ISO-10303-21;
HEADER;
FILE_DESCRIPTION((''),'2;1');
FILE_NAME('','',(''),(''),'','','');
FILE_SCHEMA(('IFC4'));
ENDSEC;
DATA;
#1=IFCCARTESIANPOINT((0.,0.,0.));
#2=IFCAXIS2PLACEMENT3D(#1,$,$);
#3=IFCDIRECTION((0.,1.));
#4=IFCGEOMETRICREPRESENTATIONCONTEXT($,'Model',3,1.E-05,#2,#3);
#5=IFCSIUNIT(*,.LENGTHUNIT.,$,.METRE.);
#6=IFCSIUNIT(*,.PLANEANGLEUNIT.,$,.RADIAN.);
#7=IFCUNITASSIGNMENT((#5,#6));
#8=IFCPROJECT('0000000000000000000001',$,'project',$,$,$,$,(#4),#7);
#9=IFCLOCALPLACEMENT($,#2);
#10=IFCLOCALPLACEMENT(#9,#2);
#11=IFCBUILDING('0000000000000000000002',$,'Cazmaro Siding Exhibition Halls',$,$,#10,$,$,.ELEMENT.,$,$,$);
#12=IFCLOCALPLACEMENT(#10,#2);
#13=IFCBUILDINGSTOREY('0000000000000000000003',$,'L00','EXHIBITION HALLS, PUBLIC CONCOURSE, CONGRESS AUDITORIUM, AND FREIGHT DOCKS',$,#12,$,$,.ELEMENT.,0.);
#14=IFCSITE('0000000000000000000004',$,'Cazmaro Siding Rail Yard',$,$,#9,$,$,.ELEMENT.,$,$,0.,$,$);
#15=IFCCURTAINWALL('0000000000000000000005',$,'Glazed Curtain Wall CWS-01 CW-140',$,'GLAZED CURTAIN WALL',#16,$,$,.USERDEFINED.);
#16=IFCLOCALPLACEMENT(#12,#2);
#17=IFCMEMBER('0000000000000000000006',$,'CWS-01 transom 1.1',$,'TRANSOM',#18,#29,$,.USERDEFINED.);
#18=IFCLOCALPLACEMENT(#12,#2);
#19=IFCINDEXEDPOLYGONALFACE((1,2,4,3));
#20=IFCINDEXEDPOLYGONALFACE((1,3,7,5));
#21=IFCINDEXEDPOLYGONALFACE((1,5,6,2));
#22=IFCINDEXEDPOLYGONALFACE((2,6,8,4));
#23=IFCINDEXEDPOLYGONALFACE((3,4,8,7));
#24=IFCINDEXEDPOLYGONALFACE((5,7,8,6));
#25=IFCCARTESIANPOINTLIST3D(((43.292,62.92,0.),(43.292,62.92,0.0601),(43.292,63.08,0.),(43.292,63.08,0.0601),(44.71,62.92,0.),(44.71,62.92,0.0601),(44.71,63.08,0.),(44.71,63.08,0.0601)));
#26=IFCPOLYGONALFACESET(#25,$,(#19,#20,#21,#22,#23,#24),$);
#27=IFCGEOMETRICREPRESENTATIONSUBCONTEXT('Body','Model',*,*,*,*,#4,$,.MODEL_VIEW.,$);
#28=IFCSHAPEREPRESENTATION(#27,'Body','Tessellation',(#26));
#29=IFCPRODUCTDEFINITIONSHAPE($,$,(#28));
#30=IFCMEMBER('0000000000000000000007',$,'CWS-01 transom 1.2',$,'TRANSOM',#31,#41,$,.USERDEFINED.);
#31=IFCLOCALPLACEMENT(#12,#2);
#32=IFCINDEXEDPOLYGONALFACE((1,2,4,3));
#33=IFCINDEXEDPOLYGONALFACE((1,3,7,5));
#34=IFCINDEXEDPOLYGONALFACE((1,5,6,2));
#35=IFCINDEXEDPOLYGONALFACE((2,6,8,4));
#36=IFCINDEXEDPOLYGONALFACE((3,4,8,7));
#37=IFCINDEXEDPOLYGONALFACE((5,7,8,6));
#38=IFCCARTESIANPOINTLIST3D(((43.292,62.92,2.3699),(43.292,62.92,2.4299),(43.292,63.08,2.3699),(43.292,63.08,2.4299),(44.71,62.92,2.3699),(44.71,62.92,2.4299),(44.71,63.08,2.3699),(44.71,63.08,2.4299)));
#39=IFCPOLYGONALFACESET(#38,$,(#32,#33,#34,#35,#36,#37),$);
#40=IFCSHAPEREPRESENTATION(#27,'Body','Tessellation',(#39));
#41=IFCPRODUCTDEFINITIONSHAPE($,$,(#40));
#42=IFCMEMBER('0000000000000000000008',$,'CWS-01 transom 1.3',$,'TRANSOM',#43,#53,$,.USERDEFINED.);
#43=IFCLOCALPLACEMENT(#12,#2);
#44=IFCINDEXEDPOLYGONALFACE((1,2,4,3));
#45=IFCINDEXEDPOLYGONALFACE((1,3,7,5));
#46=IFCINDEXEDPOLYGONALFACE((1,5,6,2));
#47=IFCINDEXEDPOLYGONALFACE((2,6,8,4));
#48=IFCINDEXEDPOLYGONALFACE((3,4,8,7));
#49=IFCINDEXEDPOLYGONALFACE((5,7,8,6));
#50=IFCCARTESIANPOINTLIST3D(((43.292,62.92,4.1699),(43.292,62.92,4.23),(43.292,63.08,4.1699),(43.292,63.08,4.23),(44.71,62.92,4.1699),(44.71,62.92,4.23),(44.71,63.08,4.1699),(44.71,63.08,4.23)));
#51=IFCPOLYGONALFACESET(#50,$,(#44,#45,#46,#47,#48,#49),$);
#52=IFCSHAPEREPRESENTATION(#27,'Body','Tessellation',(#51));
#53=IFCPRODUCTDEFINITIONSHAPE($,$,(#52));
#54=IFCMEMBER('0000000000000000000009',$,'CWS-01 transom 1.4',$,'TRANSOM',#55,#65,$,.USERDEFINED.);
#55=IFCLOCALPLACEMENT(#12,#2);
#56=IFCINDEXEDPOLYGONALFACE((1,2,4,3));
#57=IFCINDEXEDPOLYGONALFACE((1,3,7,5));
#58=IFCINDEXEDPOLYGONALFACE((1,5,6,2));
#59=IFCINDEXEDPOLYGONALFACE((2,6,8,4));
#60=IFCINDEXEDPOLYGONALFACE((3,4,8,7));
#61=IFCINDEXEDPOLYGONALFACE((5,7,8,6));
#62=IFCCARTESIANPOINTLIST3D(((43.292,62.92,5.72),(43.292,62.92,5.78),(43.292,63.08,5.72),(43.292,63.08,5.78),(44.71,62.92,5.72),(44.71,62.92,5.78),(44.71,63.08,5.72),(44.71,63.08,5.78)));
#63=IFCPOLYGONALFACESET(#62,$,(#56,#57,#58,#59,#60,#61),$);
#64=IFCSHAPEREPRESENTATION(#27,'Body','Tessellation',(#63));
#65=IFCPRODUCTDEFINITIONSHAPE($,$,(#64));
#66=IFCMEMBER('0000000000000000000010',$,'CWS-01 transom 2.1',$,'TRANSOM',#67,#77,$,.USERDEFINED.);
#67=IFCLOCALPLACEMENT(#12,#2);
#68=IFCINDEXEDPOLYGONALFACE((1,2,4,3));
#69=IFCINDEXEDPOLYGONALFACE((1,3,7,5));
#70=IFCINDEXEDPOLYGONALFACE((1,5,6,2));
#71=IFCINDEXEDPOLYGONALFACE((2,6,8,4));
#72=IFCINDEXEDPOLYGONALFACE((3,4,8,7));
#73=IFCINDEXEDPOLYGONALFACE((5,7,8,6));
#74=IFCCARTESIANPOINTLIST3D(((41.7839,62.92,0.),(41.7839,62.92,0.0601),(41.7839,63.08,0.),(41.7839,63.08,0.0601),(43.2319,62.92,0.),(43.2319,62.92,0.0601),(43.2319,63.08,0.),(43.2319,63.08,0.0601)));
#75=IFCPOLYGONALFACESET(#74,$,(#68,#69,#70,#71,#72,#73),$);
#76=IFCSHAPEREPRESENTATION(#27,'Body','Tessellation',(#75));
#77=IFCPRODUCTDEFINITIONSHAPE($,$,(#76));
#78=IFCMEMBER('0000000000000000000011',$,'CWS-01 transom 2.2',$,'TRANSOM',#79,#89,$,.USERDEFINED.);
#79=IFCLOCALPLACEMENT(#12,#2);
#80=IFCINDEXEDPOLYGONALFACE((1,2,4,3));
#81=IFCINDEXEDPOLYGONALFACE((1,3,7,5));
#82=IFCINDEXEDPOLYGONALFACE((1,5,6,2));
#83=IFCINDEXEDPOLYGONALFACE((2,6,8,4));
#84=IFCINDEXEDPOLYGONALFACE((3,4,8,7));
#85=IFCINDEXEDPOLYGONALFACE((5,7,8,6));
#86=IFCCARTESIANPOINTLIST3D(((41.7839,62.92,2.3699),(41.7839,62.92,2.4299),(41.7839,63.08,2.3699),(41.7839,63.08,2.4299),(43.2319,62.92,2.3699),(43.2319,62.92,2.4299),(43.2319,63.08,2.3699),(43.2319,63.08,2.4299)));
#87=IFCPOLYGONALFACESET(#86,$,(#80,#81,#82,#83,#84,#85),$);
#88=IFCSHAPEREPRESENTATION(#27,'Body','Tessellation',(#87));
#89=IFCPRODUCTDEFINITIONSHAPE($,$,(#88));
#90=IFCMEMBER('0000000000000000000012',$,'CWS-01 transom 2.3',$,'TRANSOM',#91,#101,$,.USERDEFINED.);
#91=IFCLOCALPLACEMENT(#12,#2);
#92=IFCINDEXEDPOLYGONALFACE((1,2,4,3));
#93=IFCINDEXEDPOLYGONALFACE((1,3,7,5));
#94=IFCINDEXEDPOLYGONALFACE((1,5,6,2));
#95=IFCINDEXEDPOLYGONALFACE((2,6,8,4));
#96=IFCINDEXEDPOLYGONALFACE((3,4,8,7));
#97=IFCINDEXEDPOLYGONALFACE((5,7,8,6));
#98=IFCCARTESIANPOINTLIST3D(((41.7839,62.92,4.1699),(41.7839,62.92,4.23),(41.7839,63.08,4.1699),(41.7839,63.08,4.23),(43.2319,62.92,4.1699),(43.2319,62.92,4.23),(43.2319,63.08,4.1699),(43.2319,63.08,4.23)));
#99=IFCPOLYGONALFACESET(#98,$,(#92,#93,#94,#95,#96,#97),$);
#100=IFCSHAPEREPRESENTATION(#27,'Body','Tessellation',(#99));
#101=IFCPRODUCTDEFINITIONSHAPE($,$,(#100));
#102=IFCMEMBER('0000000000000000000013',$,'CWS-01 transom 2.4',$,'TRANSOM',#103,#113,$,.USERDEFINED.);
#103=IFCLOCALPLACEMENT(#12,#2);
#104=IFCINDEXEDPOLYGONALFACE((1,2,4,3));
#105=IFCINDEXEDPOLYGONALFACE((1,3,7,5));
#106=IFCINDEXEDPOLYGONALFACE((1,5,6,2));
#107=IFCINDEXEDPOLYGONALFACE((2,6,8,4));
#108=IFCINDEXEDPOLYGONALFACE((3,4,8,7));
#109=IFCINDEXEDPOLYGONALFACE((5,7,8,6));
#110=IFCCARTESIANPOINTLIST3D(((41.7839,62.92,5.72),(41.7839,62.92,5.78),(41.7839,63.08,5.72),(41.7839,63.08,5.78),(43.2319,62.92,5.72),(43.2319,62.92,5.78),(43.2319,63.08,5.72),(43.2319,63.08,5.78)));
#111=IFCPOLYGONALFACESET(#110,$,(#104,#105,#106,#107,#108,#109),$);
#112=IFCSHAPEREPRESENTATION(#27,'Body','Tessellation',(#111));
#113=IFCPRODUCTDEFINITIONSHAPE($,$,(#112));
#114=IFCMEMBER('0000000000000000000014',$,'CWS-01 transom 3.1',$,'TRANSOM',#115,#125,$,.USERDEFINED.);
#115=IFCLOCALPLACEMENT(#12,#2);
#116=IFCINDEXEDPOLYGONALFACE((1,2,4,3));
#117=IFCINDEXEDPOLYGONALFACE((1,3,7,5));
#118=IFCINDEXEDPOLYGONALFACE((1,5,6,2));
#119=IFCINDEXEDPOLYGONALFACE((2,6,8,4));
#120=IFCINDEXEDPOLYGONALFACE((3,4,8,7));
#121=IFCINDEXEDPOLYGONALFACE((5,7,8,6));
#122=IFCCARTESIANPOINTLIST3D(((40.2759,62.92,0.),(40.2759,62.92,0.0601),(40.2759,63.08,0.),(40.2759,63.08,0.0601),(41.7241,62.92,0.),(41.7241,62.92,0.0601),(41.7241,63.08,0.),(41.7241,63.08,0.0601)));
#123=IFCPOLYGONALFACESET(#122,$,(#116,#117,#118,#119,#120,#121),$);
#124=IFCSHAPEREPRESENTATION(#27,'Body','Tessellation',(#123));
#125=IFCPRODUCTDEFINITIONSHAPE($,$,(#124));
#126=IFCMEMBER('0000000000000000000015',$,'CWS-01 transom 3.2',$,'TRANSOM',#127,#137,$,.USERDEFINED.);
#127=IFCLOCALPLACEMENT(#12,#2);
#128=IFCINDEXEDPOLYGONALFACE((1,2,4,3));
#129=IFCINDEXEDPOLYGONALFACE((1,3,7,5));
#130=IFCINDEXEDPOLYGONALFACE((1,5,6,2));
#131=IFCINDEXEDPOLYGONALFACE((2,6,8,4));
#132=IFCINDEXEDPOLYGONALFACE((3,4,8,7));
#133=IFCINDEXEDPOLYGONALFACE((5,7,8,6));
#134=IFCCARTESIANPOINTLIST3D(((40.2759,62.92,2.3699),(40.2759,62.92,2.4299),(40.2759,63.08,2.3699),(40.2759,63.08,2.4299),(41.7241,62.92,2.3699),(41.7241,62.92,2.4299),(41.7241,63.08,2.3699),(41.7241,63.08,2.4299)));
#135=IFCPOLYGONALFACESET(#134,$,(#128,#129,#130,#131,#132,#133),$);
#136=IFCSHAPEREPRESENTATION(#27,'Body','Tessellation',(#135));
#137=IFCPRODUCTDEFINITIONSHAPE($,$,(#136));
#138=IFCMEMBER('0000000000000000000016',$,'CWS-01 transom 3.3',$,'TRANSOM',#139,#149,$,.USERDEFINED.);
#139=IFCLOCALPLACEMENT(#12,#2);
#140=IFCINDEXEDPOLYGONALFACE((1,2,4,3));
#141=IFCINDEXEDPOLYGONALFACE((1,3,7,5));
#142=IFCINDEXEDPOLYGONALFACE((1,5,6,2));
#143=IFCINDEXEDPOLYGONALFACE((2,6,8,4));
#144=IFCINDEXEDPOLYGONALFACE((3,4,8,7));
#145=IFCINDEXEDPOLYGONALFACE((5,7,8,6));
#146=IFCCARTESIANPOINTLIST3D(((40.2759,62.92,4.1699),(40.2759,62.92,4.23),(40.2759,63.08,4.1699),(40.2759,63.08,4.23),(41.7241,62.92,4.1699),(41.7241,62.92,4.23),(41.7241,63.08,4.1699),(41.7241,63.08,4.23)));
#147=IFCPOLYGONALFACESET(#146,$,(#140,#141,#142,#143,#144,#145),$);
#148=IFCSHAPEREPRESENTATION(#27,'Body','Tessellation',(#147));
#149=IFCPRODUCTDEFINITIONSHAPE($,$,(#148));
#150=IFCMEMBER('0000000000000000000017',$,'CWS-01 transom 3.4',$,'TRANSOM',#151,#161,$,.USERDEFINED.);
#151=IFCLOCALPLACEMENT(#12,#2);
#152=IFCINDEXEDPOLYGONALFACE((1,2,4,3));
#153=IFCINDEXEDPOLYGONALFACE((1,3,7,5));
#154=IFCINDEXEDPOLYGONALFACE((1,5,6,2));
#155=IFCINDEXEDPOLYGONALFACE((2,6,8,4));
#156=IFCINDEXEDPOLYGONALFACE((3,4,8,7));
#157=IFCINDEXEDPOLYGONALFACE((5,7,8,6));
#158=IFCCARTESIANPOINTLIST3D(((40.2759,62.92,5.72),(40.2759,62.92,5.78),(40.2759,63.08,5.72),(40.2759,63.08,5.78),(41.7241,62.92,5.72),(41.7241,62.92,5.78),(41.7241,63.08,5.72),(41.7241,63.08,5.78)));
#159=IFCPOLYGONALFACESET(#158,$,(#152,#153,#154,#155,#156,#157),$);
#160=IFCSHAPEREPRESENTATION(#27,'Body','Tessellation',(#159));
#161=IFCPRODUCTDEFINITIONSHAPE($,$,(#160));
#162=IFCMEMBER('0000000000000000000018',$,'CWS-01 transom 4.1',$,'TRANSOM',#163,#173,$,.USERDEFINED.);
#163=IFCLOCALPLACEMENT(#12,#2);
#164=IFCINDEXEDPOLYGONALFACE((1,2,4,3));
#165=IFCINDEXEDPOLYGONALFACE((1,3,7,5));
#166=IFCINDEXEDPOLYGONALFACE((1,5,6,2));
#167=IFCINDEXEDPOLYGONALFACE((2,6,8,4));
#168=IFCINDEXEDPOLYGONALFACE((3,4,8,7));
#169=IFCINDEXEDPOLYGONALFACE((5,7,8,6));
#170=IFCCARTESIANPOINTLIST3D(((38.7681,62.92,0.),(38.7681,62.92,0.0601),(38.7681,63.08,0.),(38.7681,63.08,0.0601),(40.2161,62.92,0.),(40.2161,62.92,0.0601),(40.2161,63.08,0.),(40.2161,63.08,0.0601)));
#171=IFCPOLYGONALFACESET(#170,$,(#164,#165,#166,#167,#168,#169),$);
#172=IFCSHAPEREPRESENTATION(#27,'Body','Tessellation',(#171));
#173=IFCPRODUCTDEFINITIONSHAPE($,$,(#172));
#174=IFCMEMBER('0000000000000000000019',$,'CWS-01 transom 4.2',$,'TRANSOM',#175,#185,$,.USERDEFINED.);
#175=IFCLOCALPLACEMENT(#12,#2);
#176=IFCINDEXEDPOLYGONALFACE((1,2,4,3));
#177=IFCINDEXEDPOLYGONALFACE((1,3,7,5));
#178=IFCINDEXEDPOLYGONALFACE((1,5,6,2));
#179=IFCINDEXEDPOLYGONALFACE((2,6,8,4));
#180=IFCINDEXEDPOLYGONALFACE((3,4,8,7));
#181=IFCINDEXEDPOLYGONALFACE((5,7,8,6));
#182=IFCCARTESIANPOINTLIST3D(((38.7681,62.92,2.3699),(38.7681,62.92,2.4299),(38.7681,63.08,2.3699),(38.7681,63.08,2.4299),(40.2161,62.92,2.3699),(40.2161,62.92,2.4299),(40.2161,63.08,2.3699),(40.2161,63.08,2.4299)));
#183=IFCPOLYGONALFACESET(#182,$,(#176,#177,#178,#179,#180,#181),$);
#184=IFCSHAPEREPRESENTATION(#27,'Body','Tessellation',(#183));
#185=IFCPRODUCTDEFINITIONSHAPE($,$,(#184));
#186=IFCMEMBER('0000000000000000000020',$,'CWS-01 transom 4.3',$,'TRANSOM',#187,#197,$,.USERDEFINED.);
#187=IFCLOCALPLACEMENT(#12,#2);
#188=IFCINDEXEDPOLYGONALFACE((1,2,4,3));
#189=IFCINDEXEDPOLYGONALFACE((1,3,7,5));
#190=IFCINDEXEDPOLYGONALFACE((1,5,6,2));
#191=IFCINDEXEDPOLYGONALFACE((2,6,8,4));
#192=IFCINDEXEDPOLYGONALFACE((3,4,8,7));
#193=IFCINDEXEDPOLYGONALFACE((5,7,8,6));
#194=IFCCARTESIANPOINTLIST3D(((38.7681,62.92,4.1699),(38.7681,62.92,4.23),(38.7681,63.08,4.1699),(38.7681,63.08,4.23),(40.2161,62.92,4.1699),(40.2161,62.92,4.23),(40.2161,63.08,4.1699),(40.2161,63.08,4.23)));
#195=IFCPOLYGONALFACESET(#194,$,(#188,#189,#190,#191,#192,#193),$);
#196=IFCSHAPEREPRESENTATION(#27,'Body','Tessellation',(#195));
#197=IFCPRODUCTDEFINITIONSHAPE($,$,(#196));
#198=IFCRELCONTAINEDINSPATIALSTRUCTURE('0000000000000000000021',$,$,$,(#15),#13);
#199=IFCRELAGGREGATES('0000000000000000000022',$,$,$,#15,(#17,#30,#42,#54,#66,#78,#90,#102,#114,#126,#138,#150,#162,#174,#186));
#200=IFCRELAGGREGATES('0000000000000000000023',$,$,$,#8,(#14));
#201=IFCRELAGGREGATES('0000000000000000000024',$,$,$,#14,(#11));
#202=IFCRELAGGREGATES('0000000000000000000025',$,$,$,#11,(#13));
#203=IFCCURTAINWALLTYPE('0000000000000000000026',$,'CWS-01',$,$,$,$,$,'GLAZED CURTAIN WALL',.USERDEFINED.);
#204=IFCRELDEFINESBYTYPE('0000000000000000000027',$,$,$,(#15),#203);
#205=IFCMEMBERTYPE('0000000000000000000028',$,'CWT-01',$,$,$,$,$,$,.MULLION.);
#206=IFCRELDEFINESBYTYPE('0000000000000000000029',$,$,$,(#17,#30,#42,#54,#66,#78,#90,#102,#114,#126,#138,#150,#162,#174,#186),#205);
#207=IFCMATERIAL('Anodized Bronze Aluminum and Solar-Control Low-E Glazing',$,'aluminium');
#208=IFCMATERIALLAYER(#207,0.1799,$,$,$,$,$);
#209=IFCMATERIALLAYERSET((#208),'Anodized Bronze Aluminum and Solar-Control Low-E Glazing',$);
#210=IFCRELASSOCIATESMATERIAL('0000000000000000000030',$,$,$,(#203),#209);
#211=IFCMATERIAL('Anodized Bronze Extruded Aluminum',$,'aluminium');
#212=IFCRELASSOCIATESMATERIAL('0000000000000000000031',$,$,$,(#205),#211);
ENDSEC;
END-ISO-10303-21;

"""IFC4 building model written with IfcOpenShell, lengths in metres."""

from ifc_helpers import new_model, si_unit, direction, frame, origin, origin_2d, place, context, subcontext, project, spatial, rectangle, extrude, material, layer, layer_set, material_profile, profile_set, type_object, element, aggregate, save


model = new_model("IFC4")

# Units and contexts
model_context = context("Model", 3, precision=1e-05, world=origin(), true_north=direction((0.0, 1.0)))
body_context = subcontext(model_context, "Body", "Model", "MODEL_VIEW")
ifc_project = project(units=[si_unit("LENGTHUNIT", "METRE"), si_unit("PLANEANGLEUNIT", "RADIAN")], contexts=[model_context])

# Site, building, storey
site_placement = place(None, origin())
site = spatial("IfcSite", under=ifc_project, at=site_placement, Name="Cazmaro Siding Rail Yard", CompositionType="ELEMENT", RefElevation=0.0)
building_placement = place(site_placement, origin())
building = spatial("IfcBuilding", under=site, at=building_placement, Name="Cazmaro Siding Exhibition Halls", CompositionType="ELEMENT")
storey_placement = place(building_placement, origin())
storey = spatial("IfcBuildingStorey", under=building, at=storey_placement, Name="L00", Description="EXHIBITION HALLS, PUBLIC CONCOURSE, CONGRESS AUDITORIUM, AND FREIGHT DOCKS", CompositionType="ELEMENT", Elevation=0.0)

# Curtain wall, members
ifc_material_1 = material(Name="Anodized Bronze Aluminum and Solar-Control Low-E Glazing", Category="aluminium")
ifc_layer_1 = layer(ifc_material_1, 0.1799)
ifc_layer_set_1 = layer_set([ifc_layer_1], Name="Anodized Bronze Aluminum and Solar-Control Low-E Glazing")
curtain_wall_type = type_object("IfcCurtainWallType", Name="CWS-01", ElementType="GLAZED CURTAIN WALL", PredefinedType="USERDEFINED", material=ifc_layer_set_1)
curtain_wall_placement = place(storey_placement, origin())
curtain_wall = element("IfcCurtainWall", 1, at=curtain_wall_placement, inside=storey, type_object=curtain_wall_type, Name="Glazed Curtain Wall CWS-01 CW-140", ObjectType="GLAZED CURTAIN WALL", PredefinedType="USERDEFINED")
ifc_material_2 = material(Name="Anodized Bronze Extruded Aluminum", Category="aluminium")
ifc_material_profile_1 = material_profile(ifc_material_2, rectangle(XDim=0.1599, YDim=0.0601, at=origin_2d()), Name="CWT-01")
ifc_profile_set_1 = profile_set([ifc_material_profile_1], Name="Anodized Bronze Extruded Aluminum")
member_type_1 = type_object("IfcMemberType", Name="CWT-01", PredefinedType="MULLION", material=ifc_profile_set_1)
member_1_placement = place(storey_placement, frame((44.71, 63.0, 0.03), z_axis=(-1.0, 0.0, 0.0), x_axis=(0.0, -1.0, 0.0)))
member_1 = element("IfcMember", 2, at=member_1_placement, type_object=member_type_1, Name="CWS-01 transom 1.1", ObjectType="TRANSOM", PredefinedType="USERDEFINED", context=body_context, shape_type="SweptSolid", body=[
    extrude(rectangle(XDim=0.1599, YDim=0.0601, at=origin_2d()), origin(), (0.0, 0.0, 1.0), 1.418),
])
member_2_placement = place(storey_placement, frame((44.71, 63.0, 2.3999), z_axis=(-1.0, 0.0, 0.0), x_axis=(0.0, -1.0, 0.0)))
member_2 = element("IfcMember", 3, at=member_2_placement, type_object=member_type_1, Name="CWS-01 transom 1.2", ObjectType="TRANSOM", PredefinedType="USERDEFINED", context=body_context, shape_type="SweptSolid", body=[
    extrude(rectangle(XDim=0.1599, YDim=0.0601, at=origin_2d()), origin(), (0.0, 0.0, 1.0), 1.418),
])
member_3_placement = place(storey_placement, frame((44.71, 63.0, 4.2), z_axis=(-1.0, 0.0, 0.0), x_axis=(0.0, -1.0, 0.0)))
member_3 = element("IfcMember", 4, at=member_3_placement, type_object=member_type_1, Name="CWS-01 transom 1.3", ObjectType="TRANSOM", PredefinedType="USERDEFINED", context=body_context, shape_type="SweptSolid", body=[
    extrude(rectangle(XDim=0.1599, YDim=0.0601, at=origin_2d()), origin(), (0.0, 0.0, 1.0), 1.418),
])
member_4_placement = place(storey_placement, frame((44.71, 63.0, 5.75), z_axis=(-1.0, 0.0, 0.0), x_axis=(0.0, -1.0, 0.0)))
member_4 = element("IfcMember", 5, at=member_4_placement, type_object=member_type_1, Name="CWS-01 transom 1.4", ObjectType="TRANSOM", PredefinedType="USERDEFINED", context=body_context, shape_type="SweptSolid", body=[
    extrude(rectangle(XDim=0.1599, YDim=0.0601, at=origin_2d()), origin(), (0.0, 0.0, 1.0), 1.418),
])
member_5_placement = place(storey_placement, frame((43.2319, 63.0, 0.03), z_axis=(-1.0, 0.0, 0.0), x_axis=(0.0, -1.0, 0.0)))
member_5 = element("IfcMember", 6, at=member_5_placement, type_object=member_type_1, Name="CWS-01 transom 2.1", ObjectType="TRANSOM", PredefinedType="USERDEFINED", context=body_context, shape_type="SweptSolid", body=[
    extrude(rectangle(XDim=0.1599, YDim=0.0601, at=origin_2d()), origin(), (0.0, 0.0, 1.0), 1.448),
])
member_6_placement = place(storey_placement, frame((43.2319, 63.0, 2.3999), z_axis=(-1.0, 0.0, 0.0), x_axis=(0.0, -1.0, 0.0)))
member_6 = element("IfcMember", 7, at=member_6_placement, type_object=member_type_1, Name="CWS-01 transom 2.2", ObjectType="TRANSOM", PredefinedType="USERDEFINED", context=body_context, shape_type="SweptSolid", body=[
    extrude(rectangle(XDim=0.1599, YDim=0.0601, at=origin_2d()), origin(), (0.0, 0.0, 1.0), 1.448),
])
member_7_placement = place(storey_placement, frame((43.2319, 63.0, 4.2), z_axis=(-1.0, 0.0, 0.0), x_axis=(0.0, -1.0, 0.0)))
member_7 = element("IfcMember", 8, at=member_7_placement, type_object=member_type_1, Name="CWS-01 transom 2.3", ObjectType="TRANSOM", PredefinedType="USERDEFINED", context=body_context, shape_type="SweptSolid", body=[
    extrude(rectangle(XDim=0.1599, YDim=0.0601, at=origin_2d()), origin(), (0.0, 0.0, 1.0), 1.448),
])
member_8_placement = place(storey_placement, frame((43.2319, 63.0, 5.75), z_axis=(-1.0, 0.0, 0.0), x_axis=(0.0, -1.0, 0.0)))
member_8 = element("IfcMember", 9, at=member_8_placement, type_object=member_type_1, Name="CWS-01 transom 2.4", ObjectType="TRANSOM", PredefinedType="USERDEFINED", context=body_context, shape_type="SweptSolid", body=[
    extrude(rectangle(XDim=0.1599, YDim=0.0601, at=origin_2d()), origin(), (0.0, 0.0, 1.0), 1.448),
])
member_9_placement = place(storey_placement, frame((41.7241, 63.0, 0.03), z_axis=(-1.0, 0.0, 0.0), x_axis=(0.0, -1.0, 0.0)))
member_9 = element("IfcMember", 10, at=member_9_placement, type_object=member_type_1, Name="CWS-01 transom 3.1", ObjectType="TRANSOM", PredefinedType="USERDEFINED", context=body_context, shape_type="SweptSolid", body=[
    extrude(rectangle(XDim=0.1599, YDim=0.0601, at=origin_2d()), origin(), (0.0, 0.0, 1.0), 1.4482),
])
member_10_placement = place(storey_placement, frame((41.7241, 63.0, 2.3999), z_axis=(-1.0, 0.0, 0.0), x_axis=(0.0, -1.0, 0.0)))
member_10 = element("IfcMember", 11, at=member_10_placement, type_object=member_type_1, Name="CWS-01 transom 3.2", ObjectType="TRANSOM", PredefinedType="USERDEFINED", context=body_context, shape_type="SweptSolid", body=[
    extrude(rectangle(XDim=0.1599, YDim=0.0601, at=origin_2d()), origin(), (0.0, 0.0, 1.0), 1.4482),
])
member_11_placement = place(storey_placement, frame((41.7241, 63.0, 4.2), z_axis=(-1.0, 0.0, 0.0), x_axis=(0.0, -1.0, 0.0)))
member_11 = element("IfcMember", 12, at=member_11_placement, type_object=member_type_1, Name="CWS-01 transom 3.3", ObjectType="TRANSOM", PredefinedType="USERDEFINED", context=body_context, shape_type="SweptSolid", body=[
    extrude(rectangle(XDim=0.1599, YDim=0.0601, at=origin_2d()), origin(), (0.0, 0.0, 1.0), 1.4482),
])
member_12_placement = place(storey_placement, frame((41.7241, 63.0, 5.75), z_axis=(-1.0, 0.0, 0.0), x_axis=(0.0, -1.0, 0.0)))
member_12 = element("IfcMember", 13, at=member_12_placement, type_object=member_type_1, Name="CWS-01 transom 3.4", ObjectType="TRANSOM", PredefinedType="USERDEFINED", context=body_context, shape_type="SweptSolid", body=[
    extrude(rectangle(XDim=0.1599, YDim=0.0601, at=origin_2d()), origin(), (0.0, 0.0, 1.0), 1.4482),
])
member_13_placement = place(storey_placement, frame((40.2161, 63.0, 0.03), z_axis=(-1.0, 0.0, 0.0), x_axis=(0.0, -1.0, 0.0)))
member_13 = element("IfcMember", 14, at=member_13_placement, type_object=member_type_1, Name="CWS-01 transom 4.1", ObjectType="TRANSOM", PredefinedType="USERDEFINED", context=body_context, shape_type="SweptSolid", body=[
    extrude(rectangle(XDim=0.1599, YDim=0.0601, at=origin_2d()), origin(), (0.0, 0.0, 1.0), 1.448),
])
member_14_placement = place(storey_placement, frame((40.2161, 63.0, 2.3999), z_axis=(-1.0, 0.0, 0.0), x_axis=(0.0, -1.0, 0.0)))
member_14 = element("IfcMember", 15, at=member_14_placement, type_object=member_type_1, Name="CWS-01 transom 4.2", ObjectType="TRANSOM", PredefinedType="USERDEFINED", context=body_context, shape_type="SweptSolid", body=[
    extrude(rectangle(XDim=0.1599, YDim=0.0601, at=origin_2d()), origin(), (0.0, 0.0, 1.0), 1.448),
])
member_15_placement = place(storey_placement, frame((40.2161, 63.0, 4.2), z_axis=(-1.0, 0.0, 0.0), x_axis=(0.0, -1.0, 0.0)))
member_15 = element("IfcMember", 16, at=member_15_placement, type_object=member_type_1, Name="CWS-01 transom 4.3", ObjectType="TRANSOM", PredefinedType="USERDEFINED", context=body_context, shape_type="SweptSolid", body=[
    extrude(rectangle(XDim=0.1599, YDim=0.0601, at=origin_2d()), origin(), (0.0, 0.0, 1.0), 1.448),
])
aggregate(curtain_wall, [member_1, member_2, member_3, member_4, member_5, member_6, member_7, member_8, member_9, member_10, member_11, member_12, member_13, member_14, member_15])

save(model, "model.ifc")
